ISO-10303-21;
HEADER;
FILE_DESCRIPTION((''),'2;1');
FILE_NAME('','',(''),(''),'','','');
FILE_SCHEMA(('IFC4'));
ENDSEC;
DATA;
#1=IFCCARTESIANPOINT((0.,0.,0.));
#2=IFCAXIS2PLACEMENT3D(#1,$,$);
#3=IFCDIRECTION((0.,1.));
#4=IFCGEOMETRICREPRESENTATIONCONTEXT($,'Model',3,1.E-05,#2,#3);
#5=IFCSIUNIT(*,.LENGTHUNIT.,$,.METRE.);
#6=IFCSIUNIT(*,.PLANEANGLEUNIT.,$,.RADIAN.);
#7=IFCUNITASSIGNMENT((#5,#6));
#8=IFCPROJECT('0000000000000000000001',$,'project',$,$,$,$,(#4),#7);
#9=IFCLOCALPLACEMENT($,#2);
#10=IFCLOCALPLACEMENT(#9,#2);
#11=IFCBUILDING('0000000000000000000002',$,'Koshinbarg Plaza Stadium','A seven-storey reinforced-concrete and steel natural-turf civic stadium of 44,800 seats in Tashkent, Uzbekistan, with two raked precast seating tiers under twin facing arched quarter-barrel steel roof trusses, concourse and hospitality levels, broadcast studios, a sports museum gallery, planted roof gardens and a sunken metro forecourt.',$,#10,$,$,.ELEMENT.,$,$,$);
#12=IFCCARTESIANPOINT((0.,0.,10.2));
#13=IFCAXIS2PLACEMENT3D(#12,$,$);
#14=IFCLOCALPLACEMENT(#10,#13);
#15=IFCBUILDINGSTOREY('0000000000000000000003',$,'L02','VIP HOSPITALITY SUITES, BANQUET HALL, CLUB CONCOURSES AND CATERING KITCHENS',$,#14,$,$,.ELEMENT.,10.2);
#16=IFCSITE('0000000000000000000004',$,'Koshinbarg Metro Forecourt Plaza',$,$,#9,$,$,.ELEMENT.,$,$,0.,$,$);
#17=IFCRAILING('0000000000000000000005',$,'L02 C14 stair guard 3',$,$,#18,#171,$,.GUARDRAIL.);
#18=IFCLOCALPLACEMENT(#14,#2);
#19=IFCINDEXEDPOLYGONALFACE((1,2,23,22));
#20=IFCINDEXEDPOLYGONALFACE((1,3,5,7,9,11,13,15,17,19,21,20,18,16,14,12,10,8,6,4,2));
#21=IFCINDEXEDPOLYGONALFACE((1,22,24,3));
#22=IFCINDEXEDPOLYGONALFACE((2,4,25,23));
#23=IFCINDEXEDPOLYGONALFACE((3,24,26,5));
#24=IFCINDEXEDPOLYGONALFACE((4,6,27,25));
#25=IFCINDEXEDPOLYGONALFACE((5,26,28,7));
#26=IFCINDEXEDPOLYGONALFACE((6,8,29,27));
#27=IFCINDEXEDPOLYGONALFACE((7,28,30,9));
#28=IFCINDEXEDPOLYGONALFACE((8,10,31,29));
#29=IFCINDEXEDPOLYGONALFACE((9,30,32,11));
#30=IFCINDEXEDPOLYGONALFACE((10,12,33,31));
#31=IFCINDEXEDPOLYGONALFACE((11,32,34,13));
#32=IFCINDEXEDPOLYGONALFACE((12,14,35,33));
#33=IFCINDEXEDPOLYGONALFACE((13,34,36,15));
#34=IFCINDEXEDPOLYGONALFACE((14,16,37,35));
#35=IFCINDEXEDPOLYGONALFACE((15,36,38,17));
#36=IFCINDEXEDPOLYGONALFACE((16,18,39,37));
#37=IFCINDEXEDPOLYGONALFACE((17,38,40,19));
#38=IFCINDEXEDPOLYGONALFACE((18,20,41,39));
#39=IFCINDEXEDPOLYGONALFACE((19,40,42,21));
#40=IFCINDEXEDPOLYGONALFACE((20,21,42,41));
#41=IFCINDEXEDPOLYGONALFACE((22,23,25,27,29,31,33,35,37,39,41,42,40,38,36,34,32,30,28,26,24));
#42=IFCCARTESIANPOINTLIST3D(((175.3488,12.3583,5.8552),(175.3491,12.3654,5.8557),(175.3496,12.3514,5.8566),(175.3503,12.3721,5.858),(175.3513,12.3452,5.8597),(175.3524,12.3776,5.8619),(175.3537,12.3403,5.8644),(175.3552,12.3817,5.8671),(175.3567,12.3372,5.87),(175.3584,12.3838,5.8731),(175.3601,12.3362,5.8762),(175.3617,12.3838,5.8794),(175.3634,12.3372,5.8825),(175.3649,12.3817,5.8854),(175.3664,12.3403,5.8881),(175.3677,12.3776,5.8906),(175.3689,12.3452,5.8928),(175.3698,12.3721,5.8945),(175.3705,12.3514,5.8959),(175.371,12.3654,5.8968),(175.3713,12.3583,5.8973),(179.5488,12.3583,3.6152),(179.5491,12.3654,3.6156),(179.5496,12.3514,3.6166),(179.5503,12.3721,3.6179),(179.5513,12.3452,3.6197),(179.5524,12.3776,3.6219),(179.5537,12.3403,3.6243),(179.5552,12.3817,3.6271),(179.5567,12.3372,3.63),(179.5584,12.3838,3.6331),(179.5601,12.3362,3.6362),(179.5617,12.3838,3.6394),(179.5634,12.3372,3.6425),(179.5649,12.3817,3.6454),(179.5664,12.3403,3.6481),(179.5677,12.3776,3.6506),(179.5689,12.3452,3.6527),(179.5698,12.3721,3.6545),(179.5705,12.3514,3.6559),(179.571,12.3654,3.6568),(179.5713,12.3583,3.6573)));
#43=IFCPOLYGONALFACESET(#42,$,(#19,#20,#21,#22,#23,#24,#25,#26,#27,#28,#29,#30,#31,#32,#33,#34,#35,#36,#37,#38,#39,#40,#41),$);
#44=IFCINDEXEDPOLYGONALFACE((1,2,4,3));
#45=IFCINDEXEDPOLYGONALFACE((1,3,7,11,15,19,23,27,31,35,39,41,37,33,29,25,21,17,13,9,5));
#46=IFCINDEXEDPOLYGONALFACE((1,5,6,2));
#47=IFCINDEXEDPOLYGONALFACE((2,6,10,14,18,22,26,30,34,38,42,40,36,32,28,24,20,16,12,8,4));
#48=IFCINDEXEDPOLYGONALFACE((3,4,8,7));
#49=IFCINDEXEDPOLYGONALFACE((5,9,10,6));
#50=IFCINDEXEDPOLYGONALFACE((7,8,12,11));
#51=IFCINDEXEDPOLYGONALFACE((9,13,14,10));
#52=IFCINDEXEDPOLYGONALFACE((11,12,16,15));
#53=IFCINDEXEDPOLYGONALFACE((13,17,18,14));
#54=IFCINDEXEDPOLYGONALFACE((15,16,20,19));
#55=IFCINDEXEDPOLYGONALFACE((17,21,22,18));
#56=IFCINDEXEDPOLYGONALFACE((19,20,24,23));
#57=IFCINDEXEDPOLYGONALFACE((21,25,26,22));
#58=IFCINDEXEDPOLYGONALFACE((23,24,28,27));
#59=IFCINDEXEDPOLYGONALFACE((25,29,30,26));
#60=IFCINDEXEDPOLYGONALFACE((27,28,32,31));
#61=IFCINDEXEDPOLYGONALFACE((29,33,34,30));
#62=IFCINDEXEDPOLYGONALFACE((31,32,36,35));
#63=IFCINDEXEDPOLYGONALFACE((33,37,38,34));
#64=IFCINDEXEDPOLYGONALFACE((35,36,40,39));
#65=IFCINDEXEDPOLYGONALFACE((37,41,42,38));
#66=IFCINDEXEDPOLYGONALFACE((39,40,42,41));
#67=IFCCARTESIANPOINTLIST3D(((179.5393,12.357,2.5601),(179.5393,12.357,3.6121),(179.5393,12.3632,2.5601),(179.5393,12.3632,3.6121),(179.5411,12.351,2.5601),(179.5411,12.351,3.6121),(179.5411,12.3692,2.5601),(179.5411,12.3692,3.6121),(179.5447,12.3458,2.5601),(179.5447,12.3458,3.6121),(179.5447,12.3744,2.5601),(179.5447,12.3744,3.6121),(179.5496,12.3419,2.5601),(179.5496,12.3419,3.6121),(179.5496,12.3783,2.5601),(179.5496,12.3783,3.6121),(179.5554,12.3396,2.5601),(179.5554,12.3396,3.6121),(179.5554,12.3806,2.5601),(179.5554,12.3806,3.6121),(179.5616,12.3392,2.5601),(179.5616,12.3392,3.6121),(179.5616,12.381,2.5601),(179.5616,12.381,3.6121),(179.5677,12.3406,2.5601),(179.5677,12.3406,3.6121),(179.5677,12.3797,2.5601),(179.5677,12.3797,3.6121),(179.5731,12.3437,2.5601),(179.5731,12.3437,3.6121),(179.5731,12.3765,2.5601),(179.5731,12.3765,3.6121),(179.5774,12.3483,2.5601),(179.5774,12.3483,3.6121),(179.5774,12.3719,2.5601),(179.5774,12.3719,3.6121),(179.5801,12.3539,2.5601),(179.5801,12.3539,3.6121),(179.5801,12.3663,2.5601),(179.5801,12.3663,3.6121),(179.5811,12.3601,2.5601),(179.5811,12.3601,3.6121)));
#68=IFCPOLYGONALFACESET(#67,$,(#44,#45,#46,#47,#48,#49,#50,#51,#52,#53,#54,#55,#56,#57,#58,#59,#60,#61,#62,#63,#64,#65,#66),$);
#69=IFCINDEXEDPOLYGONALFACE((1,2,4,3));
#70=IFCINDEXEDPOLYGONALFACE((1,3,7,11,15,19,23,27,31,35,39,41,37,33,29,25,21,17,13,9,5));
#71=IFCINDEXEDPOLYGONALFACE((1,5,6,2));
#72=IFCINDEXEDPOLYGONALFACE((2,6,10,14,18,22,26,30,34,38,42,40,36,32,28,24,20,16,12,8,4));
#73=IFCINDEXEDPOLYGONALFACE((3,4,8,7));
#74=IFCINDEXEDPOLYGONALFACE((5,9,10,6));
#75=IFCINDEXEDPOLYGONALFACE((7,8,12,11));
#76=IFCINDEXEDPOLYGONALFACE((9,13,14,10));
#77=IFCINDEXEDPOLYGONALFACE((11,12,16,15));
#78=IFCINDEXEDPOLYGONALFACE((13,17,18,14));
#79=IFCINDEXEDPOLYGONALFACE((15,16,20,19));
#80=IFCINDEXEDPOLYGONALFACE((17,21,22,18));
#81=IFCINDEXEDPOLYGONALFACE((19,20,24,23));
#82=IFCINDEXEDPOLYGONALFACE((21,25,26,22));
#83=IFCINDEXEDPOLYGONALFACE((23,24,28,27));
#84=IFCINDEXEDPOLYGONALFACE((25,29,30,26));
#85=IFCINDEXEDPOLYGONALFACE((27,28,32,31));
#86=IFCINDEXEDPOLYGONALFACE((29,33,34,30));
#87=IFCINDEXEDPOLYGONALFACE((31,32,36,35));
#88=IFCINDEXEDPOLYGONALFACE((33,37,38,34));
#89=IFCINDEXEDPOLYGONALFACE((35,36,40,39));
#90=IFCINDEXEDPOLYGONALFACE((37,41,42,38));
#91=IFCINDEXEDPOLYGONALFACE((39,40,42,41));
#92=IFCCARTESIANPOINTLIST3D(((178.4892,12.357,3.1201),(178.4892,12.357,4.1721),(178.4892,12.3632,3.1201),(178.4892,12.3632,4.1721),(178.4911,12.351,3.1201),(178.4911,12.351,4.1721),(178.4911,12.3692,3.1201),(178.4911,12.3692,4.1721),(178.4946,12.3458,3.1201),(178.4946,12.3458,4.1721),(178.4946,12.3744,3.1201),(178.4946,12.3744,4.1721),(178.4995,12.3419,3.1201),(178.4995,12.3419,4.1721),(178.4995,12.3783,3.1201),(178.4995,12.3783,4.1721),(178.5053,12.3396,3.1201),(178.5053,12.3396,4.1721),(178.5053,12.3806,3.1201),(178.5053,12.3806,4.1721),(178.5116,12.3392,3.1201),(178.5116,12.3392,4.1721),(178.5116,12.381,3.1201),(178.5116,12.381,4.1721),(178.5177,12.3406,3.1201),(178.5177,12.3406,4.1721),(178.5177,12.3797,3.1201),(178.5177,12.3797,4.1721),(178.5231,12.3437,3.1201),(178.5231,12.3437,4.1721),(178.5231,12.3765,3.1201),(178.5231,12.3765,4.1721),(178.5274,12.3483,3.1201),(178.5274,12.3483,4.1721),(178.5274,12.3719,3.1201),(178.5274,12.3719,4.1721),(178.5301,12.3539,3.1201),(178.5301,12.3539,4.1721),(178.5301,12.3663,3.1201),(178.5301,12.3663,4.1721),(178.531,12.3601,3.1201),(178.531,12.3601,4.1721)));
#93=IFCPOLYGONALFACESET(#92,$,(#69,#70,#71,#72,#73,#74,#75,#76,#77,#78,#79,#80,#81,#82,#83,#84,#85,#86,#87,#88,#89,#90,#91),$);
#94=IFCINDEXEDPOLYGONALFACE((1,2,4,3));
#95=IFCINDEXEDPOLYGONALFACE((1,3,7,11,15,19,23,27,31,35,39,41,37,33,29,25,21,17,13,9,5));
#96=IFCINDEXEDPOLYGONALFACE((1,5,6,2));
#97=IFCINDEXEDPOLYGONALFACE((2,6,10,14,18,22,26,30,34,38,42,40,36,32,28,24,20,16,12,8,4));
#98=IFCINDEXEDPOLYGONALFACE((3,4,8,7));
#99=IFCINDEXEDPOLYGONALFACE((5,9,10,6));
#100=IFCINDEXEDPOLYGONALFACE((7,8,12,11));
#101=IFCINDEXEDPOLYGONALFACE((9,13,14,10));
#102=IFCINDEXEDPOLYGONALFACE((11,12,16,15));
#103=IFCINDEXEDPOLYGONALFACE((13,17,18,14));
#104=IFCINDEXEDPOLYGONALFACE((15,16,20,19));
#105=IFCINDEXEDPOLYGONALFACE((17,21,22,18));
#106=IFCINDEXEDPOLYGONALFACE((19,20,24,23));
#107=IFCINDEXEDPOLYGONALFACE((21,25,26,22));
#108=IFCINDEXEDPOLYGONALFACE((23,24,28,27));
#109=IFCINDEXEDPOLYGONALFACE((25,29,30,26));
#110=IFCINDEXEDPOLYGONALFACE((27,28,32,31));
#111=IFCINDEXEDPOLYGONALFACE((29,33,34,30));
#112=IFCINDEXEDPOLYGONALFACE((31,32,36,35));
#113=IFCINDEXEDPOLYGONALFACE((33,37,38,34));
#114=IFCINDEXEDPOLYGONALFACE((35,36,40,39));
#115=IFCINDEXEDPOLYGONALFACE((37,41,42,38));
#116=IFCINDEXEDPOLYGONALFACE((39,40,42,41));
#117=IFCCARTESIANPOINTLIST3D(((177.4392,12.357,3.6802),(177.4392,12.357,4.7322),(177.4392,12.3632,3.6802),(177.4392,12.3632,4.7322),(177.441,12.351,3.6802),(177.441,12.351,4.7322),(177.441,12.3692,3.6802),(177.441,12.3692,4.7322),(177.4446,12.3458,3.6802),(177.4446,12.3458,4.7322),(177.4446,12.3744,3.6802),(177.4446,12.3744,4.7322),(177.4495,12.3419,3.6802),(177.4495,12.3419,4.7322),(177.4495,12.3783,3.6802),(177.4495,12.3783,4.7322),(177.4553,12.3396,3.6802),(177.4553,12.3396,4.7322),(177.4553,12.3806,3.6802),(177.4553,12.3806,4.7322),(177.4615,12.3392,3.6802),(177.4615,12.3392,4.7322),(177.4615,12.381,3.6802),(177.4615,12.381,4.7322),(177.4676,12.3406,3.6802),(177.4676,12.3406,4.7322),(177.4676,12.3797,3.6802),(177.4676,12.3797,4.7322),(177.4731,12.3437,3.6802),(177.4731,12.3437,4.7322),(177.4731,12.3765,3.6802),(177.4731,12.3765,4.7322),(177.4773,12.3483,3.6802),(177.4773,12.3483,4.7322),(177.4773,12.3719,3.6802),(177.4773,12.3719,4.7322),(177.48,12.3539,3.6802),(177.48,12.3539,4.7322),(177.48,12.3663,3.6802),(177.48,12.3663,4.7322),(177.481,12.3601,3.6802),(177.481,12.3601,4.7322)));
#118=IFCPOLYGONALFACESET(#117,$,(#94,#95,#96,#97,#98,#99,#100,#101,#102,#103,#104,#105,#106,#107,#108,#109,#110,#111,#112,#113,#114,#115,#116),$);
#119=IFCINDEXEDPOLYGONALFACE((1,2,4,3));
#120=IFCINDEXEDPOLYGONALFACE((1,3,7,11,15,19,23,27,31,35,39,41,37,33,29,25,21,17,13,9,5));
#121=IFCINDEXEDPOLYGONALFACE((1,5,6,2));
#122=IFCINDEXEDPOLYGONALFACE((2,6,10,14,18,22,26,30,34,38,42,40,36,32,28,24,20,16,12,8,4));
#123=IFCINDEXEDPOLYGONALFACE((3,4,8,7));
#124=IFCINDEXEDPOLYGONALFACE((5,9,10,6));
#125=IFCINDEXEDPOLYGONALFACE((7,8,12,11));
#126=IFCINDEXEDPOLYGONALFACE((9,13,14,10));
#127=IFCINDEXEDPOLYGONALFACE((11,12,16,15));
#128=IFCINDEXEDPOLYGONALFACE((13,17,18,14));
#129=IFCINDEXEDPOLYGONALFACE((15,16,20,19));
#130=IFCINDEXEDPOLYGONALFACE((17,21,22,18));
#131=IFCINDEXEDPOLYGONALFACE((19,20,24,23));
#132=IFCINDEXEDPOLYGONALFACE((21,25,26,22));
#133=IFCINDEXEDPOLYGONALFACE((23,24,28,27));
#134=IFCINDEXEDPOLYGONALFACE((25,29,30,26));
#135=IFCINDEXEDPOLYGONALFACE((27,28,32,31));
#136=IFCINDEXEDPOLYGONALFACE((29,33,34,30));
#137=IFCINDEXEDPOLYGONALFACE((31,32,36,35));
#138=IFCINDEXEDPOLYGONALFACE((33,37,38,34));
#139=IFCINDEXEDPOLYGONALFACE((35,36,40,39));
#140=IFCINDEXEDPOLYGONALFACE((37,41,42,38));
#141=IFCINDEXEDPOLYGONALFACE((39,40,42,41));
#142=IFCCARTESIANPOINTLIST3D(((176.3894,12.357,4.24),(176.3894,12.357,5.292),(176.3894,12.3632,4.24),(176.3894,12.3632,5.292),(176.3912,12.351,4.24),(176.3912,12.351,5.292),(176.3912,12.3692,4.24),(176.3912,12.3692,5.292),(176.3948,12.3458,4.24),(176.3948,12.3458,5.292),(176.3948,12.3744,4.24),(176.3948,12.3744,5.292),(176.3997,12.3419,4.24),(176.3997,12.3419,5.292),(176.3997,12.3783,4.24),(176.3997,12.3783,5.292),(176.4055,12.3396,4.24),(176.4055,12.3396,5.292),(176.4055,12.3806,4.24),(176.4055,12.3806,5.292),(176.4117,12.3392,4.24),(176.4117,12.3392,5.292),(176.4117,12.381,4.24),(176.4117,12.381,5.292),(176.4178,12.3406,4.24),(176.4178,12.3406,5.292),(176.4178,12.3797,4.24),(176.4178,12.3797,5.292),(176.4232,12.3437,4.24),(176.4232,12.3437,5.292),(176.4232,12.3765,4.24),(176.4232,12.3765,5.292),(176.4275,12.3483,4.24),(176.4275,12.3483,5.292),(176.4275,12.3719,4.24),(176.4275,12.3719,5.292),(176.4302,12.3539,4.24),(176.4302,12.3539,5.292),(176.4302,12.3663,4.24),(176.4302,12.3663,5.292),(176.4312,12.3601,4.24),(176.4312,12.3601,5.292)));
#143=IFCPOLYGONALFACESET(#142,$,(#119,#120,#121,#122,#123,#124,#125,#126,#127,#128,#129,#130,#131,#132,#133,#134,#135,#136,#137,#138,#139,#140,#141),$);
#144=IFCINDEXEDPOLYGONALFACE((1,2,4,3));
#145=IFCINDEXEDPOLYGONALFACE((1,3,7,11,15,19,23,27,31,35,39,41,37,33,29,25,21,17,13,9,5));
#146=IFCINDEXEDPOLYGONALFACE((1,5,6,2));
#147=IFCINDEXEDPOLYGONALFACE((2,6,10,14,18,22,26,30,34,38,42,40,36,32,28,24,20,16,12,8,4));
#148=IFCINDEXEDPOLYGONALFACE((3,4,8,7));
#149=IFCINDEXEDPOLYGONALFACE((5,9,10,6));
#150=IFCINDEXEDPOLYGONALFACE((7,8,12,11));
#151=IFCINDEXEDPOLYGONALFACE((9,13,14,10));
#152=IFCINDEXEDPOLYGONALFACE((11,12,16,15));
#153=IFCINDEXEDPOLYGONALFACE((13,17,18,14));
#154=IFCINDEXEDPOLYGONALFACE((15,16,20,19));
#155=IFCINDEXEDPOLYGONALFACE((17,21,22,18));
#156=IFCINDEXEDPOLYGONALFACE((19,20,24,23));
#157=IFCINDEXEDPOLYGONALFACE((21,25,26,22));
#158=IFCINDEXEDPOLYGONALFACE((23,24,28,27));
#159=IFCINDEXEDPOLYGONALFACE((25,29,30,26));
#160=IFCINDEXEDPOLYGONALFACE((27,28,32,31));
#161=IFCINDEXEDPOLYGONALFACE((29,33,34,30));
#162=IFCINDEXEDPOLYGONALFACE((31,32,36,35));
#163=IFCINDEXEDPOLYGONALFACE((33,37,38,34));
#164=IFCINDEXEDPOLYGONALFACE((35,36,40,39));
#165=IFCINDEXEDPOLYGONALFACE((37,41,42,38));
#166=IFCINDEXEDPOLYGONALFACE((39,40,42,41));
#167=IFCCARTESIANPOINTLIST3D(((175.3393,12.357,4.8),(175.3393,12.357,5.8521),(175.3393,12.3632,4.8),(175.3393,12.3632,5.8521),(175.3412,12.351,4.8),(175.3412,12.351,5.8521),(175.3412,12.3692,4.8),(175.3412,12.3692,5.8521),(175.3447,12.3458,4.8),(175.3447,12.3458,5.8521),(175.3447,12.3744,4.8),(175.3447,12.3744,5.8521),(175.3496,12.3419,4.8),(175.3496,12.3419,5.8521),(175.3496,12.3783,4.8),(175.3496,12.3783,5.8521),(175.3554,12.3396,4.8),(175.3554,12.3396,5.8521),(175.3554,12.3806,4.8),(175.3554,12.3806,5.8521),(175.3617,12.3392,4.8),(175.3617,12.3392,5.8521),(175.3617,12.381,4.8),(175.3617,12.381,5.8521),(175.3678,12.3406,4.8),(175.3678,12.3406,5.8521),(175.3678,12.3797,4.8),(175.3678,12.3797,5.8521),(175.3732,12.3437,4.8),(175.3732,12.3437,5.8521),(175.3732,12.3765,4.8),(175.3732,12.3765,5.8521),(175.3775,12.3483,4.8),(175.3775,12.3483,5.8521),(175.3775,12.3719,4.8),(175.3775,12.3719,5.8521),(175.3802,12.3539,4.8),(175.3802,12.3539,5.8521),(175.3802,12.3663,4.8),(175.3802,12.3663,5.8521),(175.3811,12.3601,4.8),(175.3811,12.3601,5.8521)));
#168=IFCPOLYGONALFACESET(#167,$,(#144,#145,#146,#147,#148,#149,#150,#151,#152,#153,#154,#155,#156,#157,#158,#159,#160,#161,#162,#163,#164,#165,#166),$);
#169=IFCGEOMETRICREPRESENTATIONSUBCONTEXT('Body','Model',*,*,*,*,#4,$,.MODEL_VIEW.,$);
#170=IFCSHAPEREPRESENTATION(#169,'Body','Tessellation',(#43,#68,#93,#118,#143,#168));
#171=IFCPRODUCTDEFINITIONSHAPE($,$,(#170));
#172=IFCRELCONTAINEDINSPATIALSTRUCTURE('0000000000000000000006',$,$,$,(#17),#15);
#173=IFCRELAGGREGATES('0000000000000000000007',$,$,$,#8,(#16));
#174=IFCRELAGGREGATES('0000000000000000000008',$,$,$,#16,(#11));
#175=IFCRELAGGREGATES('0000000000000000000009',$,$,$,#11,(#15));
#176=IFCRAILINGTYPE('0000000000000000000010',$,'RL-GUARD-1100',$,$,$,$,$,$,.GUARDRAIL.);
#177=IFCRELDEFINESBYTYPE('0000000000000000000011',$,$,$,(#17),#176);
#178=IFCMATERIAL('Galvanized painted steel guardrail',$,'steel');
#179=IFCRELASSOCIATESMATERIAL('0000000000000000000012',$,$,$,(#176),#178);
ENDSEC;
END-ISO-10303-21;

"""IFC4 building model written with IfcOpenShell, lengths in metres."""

from ifc_helpers import new_model, si_unit, direction, frame, origin, origin_2d, place, context, subcontext, project, spatial, circle, extrude, material, type_object, element, save


model = new_model("IFC4")

# Units and contexts
model_context = context("Model", 3, precision=1e-05, world=origin(), true_north=direction((0.0, 1.0)))
body_context = subcontext(model_context, "Body", "Model", "MODEL_VIEW")
ifc_project = project(units=[si_unit("LENGTHUNIT", "METRE"), si_unit("PLANEANGLEUNIT", "RADIAN")], contexts=[model_context])

# Site, building, storey
site_placement = place(None, origin())
site = spatial("IfcSite", under=ifc_project, at=site_placement, Name="Koshinbarg Metro Forecourt Plaza", CompositionType="ELEMENT", RefElevation=0.0)
building_placement = place(site_placement, origin())
building = spatial("IfcBuilding", under=site, at=building_placement, Name="Koshinbarg Plaza Stadium", Description="A seven-storey reinforced-concrete and steel natural-turf civic stadium of 44,800 seats in Tashkent, Uzbekistan, with two raked precast seating tiers under twin facing arched quarter-barrel steel roof trusses, concourse and hospitality levels, broadcast studios, a sports museum gallery, planted roof gardens and a sunken metro forecourt.", CompositionType="ELEMENT")
storey_placement = place(building_placement, frame((0.0, 0.0, 10.2)))
storey = spatial("IfcBuildingStorey", under=building, at=storey_placement, Name="L02", Description="VIP HOSPITALITY SUITES, BANQUET HALL, CLUB CONCOURSES AND CATERING KITCHENS", CompositionType="ELEMENT", Elevation=10.2)

# Railing
ifc_material_1 = material(Name="Galvanized painted steel guardrail", Category="steel")
railing_type_1 = type_object("IfcRailingType", Name="RL-GUARD-1100", PredefinedType="GUARDRAIL", material=ifc_material_1)
railing_1_placement = place(storey_placement, frame((179.5601, 12.3601, 2.5601)))
element("IfcRailing", 1, at=railing_1_placement, inside=storey, type_object=railing_type_1, Name="L02 C14 stair guard 3", PredefinedType="GUARDRAIL", context=body_context, shape_type="SweptSolid", body=[
    extrude(circle(Radius=0.0239, at=origin_2d()), frame((0.0, 0.0, 1.0762), z_axis=(-0.882352, 0.0, 0.470591), x_axis=(0.0, -1.0, 0.0)), (0.0, 0.0, 1.0), 4.76),
    extrude(circle(Radius=0.021, at=origin_2d()), origin(), (0.0, 0.0, 1.0), 1.052),
    extrude(circle(Radius=0.021, at=origin_2d()), frame((-1.05, 0.0, 0.5601)), (0.0, 0.0, 1.0), 1.052),
    extrude(circle(Radius=0.021, at=origin_2d()), frame((-2.1001, 0.0, 1.1201)), (0.0, 0.0, 1.0), 1.052),
    extrude(circle(Radius=0.021, at=origin_2d()), frame((-3.1499, 0.0, 1.6799)), (0.0, 0.0, 1.0), 1.052),
    extrude(circle(Radius=0.021, at=origin_2d()), frame((-4.2, 0.0, 2.24)), (0.0, 0.0, 1.0), 1.052),
])

save(model, "model.ifc")
